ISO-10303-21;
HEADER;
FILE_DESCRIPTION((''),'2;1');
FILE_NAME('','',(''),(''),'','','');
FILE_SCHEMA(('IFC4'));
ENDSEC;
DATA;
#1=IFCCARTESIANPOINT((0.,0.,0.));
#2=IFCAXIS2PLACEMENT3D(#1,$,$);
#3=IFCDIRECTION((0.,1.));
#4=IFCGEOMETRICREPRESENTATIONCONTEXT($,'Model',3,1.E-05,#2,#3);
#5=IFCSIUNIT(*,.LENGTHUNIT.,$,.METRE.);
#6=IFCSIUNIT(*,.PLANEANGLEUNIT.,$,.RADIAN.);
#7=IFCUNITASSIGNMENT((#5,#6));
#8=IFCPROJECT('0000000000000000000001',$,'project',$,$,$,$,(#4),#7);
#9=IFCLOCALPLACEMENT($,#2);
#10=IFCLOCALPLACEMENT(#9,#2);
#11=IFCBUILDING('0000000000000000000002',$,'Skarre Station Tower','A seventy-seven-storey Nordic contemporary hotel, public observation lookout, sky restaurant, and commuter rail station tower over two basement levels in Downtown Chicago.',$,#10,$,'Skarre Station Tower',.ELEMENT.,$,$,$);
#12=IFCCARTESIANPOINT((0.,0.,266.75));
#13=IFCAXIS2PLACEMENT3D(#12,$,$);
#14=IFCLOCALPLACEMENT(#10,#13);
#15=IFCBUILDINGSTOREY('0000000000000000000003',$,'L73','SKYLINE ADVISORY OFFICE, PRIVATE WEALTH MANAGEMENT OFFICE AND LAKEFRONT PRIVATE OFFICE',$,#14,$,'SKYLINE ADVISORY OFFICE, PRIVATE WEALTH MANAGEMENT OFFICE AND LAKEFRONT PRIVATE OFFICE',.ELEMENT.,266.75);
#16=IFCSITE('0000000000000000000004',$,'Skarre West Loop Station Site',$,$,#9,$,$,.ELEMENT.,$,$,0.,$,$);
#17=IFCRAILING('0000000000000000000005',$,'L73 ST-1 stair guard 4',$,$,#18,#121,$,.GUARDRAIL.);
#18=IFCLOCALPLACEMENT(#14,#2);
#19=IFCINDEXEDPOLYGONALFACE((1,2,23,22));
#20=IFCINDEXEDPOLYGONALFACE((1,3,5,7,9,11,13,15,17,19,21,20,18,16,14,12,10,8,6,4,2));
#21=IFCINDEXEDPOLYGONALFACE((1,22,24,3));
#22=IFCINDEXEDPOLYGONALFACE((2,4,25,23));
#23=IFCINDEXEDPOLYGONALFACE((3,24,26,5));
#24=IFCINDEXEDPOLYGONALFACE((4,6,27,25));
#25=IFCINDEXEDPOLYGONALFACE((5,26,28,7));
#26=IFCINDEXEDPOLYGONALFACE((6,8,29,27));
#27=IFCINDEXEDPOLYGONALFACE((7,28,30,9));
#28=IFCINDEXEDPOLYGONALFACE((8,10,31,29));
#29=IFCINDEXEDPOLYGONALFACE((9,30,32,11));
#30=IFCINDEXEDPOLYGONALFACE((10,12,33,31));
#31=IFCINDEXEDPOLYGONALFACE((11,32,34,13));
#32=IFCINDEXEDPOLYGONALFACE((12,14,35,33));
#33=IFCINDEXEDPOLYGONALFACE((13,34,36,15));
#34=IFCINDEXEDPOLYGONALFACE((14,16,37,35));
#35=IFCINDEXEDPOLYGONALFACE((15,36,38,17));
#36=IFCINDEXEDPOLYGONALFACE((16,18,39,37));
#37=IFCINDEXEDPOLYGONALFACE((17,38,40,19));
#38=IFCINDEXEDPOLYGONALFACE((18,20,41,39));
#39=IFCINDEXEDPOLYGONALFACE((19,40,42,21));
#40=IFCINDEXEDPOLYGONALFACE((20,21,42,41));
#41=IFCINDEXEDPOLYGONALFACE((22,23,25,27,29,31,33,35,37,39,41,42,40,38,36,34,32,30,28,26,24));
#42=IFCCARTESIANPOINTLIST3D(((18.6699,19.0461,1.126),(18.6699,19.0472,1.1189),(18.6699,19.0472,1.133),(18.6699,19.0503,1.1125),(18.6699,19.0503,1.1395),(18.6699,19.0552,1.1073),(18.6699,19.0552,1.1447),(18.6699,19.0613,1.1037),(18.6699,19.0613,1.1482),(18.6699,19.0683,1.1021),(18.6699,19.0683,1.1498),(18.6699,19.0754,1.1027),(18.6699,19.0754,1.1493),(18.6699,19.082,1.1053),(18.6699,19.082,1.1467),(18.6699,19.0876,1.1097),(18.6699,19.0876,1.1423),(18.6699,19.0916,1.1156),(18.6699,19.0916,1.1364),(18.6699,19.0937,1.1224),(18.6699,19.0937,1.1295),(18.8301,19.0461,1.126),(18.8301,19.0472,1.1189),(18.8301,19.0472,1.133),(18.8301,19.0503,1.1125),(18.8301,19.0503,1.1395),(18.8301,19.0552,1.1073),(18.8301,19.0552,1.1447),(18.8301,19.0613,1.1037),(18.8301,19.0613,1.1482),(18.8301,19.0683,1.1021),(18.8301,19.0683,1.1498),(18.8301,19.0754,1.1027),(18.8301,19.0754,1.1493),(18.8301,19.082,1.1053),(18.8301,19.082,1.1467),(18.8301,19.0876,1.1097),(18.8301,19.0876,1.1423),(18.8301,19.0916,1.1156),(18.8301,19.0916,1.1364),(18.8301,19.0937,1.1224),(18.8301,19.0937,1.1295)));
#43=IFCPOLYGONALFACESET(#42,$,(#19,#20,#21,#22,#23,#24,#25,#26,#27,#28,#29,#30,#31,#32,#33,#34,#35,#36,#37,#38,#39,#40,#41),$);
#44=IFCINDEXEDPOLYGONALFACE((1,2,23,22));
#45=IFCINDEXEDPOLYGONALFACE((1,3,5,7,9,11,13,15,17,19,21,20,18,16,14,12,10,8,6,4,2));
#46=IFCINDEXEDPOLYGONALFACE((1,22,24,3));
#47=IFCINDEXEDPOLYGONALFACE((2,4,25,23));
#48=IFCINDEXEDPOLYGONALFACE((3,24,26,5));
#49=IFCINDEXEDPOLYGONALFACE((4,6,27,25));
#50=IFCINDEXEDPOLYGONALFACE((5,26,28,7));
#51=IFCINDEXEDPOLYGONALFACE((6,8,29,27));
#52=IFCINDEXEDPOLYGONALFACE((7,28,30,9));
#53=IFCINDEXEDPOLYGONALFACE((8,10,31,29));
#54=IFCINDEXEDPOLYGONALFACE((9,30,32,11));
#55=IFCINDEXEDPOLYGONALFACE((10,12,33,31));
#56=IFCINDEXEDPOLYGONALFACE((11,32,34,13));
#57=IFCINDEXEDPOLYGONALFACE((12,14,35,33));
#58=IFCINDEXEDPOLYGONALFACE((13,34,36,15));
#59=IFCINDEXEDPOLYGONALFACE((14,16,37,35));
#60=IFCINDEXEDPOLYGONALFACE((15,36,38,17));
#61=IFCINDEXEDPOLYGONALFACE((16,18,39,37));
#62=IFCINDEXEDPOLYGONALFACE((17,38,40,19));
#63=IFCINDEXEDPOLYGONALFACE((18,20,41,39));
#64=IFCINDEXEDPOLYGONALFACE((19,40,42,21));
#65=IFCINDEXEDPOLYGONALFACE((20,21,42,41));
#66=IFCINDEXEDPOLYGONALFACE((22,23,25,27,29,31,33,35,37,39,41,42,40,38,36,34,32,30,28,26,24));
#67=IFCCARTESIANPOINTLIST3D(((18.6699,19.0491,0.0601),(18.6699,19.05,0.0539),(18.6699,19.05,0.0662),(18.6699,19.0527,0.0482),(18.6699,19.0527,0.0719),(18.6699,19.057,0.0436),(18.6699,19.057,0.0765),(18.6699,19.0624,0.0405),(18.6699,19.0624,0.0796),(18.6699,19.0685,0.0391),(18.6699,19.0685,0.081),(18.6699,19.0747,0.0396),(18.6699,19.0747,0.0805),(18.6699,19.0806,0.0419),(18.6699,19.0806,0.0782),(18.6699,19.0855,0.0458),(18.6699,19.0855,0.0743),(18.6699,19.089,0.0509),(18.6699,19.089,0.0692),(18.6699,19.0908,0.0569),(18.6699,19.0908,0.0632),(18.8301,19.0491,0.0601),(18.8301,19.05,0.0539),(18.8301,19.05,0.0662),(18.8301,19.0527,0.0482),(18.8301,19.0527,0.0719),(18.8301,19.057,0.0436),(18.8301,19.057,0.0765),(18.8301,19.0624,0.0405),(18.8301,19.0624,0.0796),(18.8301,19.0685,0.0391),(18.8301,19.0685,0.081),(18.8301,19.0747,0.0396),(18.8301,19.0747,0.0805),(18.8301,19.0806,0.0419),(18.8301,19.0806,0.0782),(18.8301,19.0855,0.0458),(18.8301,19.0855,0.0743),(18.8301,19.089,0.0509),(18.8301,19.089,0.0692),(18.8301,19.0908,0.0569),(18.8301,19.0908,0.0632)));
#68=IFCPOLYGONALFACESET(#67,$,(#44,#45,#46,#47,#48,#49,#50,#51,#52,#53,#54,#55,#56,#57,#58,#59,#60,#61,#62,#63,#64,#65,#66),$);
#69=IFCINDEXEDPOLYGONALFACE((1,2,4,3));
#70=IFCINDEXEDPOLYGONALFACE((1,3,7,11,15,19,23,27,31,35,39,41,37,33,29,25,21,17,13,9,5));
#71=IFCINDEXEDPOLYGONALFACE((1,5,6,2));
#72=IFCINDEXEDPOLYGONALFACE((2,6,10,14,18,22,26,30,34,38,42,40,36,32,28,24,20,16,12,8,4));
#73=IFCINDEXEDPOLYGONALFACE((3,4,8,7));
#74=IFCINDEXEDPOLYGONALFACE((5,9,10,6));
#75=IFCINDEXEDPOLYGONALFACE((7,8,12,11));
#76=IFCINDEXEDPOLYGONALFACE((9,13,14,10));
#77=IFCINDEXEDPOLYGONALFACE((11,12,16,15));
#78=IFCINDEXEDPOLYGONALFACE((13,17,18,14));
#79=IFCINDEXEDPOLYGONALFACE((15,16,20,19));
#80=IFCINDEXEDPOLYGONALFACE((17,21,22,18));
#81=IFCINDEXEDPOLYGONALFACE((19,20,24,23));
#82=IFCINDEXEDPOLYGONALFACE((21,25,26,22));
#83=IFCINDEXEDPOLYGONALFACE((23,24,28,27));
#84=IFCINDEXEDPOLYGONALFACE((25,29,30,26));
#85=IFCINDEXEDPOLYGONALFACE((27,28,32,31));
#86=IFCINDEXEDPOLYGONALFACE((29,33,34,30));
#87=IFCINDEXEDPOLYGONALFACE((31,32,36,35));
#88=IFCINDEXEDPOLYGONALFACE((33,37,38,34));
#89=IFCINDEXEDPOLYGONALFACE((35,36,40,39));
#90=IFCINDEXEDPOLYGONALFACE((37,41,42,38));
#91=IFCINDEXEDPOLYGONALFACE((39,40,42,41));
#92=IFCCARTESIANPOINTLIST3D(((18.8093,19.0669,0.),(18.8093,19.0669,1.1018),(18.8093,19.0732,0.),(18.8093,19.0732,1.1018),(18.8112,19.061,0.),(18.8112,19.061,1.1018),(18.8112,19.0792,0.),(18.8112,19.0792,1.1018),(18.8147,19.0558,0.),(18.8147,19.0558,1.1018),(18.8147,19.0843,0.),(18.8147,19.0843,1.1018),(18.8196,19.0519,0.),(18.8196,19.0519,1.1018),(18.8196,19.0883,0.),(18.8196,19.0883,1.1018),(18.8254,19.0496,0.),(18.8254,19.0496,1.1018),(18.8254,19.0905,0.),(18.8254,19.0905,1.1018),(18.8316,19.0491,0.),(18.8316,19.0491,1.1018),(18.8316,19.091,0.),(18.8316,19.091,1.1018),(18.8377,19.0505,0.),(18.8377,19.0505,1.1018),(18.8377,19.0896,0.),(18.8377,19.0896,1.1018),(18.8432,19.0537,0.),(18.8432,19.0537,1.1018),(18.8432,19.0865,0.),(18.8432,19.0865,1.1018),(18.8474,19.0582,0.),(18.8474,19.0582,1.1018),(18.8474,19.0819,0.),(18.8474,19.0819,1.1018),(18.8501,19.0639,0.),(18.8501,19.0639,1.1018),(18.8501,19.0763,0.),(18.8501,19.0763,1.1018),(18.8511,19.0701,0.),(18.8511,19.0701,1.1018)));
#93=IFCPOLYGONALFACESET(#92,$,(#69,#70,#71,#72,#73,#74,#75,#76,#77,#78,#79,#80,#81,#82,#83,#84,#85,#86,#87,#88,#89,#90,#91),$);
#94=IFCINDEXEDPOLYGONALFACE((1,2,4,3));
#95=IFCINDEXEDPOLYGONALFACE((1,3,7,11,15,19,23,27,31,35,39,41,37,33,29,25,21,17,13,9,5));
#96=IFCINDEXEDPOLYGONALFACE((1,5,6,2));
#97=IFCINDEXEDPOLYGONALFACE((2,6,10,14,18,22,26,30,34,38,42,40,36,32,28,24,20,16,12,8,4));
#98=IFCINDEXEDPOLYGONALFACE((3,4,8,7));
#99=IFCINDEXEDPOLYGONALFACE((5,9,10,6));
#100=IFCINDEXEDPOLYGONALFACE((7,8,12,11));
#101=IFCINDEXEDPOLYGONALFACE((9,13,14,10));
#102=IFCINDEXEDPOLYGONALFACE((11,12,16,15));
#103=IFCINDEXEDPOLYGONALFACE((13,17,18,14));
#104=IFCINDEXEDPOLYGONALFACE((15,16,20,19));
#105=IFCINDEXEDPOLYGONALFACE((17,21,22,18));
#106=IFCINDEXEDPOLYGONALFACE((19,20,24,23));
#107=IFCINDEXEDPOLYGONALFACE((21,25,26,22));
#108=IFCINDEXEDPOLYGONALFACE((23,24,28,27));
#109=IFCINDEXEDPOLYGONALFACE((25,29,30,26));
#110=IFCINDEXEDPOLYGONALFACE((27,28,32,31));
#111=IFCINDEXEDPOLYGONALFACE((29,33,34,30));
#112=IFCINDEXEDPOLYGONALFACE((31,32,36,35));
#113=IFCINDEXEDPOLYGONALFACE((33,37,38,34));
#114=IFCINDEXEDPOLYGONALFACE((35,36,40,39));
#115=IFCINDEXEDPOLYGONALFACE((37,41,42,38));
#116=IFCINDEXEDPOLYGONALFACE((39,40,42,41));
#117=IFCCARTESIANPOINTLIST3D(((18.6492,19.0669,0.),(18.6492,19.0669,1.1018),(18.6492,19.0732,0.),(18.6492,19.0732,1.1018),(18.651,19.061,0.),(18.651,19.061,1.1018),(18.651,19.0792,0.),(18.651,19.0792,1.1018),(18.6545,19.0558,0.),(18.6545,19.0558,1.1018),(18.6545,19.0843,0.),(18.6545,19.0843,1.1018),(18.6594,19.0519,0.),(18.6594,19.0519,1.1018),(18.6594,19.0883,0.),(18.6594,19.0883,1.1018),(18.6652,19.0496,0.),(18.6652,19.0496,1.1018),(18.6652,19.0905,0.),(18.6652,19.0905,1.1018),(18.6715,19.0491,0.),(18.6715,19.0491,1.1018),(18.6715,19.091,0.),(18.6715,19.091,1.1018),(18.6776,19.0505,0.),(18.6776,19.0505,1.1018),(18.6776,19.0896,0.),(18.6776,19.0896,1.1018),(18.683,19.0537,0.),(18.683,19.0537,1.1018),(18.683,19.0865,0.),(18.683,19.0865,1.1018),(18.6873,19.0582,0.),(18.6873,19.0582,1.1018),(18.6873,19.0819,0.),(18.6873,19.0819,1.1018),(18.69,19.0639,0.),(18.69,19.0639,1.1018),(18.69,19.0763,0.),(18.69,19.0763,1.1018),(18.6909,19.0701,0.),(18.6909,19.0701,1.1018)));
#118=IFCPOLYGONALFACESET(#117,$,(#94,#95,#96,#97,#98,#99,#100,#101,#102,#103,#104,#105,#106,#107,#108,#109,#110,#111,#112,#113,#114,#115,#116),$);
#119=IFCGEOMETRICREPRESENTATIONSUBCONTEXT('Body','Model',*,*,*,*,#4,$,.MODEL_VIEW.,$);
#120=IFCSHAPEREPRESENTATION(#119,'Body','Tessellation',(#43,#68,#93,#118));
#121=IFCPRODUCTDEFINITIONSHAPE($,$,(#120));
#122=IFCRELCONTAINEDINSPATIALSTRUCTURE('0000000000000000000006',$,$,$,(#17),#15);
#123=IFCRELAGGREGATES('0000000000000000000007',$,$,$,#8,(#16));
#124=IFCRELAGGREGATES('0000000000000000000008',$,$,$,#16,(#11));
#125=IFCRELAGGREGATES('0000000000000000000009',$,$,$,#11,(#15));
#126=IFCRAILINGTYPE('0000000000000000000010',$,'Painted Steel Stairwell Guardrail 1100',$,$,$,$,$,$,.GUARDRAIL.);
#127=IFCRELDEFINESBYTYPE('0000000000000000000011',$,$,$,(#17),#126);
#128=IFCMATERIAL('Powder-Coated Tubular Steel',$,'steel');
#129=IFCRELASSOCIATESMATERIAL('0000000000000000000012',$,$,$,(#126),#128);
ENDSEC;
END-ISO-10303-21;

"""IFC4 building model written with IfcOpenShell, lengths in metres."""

from ifc_helpers import new_model, si_unit, direction, frame, origin, origin_2d, place, context, subcontext, project, spatial, circle, extrude, material, type_object, element, save


model = new_model("IFC4")

# Units and contexts
model_context = context("Model", 3, precision=1e-05, world=origin(), true_north=direction((0.0, 1.0)))
body_context = subcontext(model_context, "Body", "Model", "MODEL_VIEW")
ifc_project = project(units=[si_unit("LENGTHUNIT", "METRE"), si_unit("PLANEANGLEUNIT", "RADIAN")], contexts=[model_context])

# Site, building, storey
site_placement = place(None, origin())
site = spatial("IfcSite", under=ifc_project, at=site_placement, Name="Skarre West Loop Station Site", CompositionType="ELEMENT", RefElevation=0.0)
building_placement = place(site_placement, origin())
building = spatial("IfcBuilding", under=site, at=building_placement, Name="Skarre Station Tower", Description="A seventy-seven-storey Nordic contemporary hotel, public observation lookout, sky restaurant, and commuter rail station tower over two basement levels in Downtown Chicago.", LongName="Skarre Station Tower", CompositionType="ELEMENT")
storey_placement = place(building_placement, frame((0.0, 0.0, 266.75)))
storey = spatial("IfcBuildingStorey", under=building, at=storey_placement, Name="L73", Description="SKYLINE ADVISORY OFFICE, PRIVATE WEALTH MANAGEMENT OFFICE AND LAKEFRONT PRIVATE OFFICE", LongName="SKYLINE ADVISORY OFFICE, PRIVATE WEALTH MANAGEMENT OFFICE AND LAKEFRONT PRIVATE OFFICE", CompositionType="ELEMENT", Elevation=266.75)

# Railing
ifc_material_1 = material(Name="Powder-Coated Tubular Steel", Category="steel")
railing_type_1 = type_object("IfcRailingType", Name="Painted Steel Stairwell Guardrail 1100", PredefinedType="GUARDRAIL", material=ifc_material_1)
railing_1_placement = place(storey_placement, frame((18.8301, 19.0701, 0.0)))
element("IfcRailing", 1, at=railing_1_placement, inside=storey, type_object=railing_type_1, Name="L73 ST-1 stair guard 4", PredefinedType="GUARDRAIL", context=body_context, shape_type="SweptSolid", body=[
    extrude(circle(Radius=0.0239, at=origin_2d()), frame((0.0, 0.0, 1.126), z_axis=(-1.0, 0.0, 0.0), x_axis=(0.0, -1.0, 0.0)), (0.0, 0.0, 1.0), 0.1602),
    extrude(circle(Radius=0.021, at=origin_2d()), frame((0.0, 0.0, 0.0601), z_axis=(-1.0, 0.0, 0.0), x_axis=(0.0, -1.0, 0.0)), (0.0, 0.0, 1.0), 0.1602),
    extrude(circle(Radius=0.021, at=origin_2d()), origin(), (0.0, 0.0, 1.0), 1.1018),
    extrude(circle(Radius=0.021, at=origin_2d()), frame((-0.1602, 0.0, 0.0)), (0.0, 0.0, 1.0), 1.1018),
])

save(model, "model.ifc")
